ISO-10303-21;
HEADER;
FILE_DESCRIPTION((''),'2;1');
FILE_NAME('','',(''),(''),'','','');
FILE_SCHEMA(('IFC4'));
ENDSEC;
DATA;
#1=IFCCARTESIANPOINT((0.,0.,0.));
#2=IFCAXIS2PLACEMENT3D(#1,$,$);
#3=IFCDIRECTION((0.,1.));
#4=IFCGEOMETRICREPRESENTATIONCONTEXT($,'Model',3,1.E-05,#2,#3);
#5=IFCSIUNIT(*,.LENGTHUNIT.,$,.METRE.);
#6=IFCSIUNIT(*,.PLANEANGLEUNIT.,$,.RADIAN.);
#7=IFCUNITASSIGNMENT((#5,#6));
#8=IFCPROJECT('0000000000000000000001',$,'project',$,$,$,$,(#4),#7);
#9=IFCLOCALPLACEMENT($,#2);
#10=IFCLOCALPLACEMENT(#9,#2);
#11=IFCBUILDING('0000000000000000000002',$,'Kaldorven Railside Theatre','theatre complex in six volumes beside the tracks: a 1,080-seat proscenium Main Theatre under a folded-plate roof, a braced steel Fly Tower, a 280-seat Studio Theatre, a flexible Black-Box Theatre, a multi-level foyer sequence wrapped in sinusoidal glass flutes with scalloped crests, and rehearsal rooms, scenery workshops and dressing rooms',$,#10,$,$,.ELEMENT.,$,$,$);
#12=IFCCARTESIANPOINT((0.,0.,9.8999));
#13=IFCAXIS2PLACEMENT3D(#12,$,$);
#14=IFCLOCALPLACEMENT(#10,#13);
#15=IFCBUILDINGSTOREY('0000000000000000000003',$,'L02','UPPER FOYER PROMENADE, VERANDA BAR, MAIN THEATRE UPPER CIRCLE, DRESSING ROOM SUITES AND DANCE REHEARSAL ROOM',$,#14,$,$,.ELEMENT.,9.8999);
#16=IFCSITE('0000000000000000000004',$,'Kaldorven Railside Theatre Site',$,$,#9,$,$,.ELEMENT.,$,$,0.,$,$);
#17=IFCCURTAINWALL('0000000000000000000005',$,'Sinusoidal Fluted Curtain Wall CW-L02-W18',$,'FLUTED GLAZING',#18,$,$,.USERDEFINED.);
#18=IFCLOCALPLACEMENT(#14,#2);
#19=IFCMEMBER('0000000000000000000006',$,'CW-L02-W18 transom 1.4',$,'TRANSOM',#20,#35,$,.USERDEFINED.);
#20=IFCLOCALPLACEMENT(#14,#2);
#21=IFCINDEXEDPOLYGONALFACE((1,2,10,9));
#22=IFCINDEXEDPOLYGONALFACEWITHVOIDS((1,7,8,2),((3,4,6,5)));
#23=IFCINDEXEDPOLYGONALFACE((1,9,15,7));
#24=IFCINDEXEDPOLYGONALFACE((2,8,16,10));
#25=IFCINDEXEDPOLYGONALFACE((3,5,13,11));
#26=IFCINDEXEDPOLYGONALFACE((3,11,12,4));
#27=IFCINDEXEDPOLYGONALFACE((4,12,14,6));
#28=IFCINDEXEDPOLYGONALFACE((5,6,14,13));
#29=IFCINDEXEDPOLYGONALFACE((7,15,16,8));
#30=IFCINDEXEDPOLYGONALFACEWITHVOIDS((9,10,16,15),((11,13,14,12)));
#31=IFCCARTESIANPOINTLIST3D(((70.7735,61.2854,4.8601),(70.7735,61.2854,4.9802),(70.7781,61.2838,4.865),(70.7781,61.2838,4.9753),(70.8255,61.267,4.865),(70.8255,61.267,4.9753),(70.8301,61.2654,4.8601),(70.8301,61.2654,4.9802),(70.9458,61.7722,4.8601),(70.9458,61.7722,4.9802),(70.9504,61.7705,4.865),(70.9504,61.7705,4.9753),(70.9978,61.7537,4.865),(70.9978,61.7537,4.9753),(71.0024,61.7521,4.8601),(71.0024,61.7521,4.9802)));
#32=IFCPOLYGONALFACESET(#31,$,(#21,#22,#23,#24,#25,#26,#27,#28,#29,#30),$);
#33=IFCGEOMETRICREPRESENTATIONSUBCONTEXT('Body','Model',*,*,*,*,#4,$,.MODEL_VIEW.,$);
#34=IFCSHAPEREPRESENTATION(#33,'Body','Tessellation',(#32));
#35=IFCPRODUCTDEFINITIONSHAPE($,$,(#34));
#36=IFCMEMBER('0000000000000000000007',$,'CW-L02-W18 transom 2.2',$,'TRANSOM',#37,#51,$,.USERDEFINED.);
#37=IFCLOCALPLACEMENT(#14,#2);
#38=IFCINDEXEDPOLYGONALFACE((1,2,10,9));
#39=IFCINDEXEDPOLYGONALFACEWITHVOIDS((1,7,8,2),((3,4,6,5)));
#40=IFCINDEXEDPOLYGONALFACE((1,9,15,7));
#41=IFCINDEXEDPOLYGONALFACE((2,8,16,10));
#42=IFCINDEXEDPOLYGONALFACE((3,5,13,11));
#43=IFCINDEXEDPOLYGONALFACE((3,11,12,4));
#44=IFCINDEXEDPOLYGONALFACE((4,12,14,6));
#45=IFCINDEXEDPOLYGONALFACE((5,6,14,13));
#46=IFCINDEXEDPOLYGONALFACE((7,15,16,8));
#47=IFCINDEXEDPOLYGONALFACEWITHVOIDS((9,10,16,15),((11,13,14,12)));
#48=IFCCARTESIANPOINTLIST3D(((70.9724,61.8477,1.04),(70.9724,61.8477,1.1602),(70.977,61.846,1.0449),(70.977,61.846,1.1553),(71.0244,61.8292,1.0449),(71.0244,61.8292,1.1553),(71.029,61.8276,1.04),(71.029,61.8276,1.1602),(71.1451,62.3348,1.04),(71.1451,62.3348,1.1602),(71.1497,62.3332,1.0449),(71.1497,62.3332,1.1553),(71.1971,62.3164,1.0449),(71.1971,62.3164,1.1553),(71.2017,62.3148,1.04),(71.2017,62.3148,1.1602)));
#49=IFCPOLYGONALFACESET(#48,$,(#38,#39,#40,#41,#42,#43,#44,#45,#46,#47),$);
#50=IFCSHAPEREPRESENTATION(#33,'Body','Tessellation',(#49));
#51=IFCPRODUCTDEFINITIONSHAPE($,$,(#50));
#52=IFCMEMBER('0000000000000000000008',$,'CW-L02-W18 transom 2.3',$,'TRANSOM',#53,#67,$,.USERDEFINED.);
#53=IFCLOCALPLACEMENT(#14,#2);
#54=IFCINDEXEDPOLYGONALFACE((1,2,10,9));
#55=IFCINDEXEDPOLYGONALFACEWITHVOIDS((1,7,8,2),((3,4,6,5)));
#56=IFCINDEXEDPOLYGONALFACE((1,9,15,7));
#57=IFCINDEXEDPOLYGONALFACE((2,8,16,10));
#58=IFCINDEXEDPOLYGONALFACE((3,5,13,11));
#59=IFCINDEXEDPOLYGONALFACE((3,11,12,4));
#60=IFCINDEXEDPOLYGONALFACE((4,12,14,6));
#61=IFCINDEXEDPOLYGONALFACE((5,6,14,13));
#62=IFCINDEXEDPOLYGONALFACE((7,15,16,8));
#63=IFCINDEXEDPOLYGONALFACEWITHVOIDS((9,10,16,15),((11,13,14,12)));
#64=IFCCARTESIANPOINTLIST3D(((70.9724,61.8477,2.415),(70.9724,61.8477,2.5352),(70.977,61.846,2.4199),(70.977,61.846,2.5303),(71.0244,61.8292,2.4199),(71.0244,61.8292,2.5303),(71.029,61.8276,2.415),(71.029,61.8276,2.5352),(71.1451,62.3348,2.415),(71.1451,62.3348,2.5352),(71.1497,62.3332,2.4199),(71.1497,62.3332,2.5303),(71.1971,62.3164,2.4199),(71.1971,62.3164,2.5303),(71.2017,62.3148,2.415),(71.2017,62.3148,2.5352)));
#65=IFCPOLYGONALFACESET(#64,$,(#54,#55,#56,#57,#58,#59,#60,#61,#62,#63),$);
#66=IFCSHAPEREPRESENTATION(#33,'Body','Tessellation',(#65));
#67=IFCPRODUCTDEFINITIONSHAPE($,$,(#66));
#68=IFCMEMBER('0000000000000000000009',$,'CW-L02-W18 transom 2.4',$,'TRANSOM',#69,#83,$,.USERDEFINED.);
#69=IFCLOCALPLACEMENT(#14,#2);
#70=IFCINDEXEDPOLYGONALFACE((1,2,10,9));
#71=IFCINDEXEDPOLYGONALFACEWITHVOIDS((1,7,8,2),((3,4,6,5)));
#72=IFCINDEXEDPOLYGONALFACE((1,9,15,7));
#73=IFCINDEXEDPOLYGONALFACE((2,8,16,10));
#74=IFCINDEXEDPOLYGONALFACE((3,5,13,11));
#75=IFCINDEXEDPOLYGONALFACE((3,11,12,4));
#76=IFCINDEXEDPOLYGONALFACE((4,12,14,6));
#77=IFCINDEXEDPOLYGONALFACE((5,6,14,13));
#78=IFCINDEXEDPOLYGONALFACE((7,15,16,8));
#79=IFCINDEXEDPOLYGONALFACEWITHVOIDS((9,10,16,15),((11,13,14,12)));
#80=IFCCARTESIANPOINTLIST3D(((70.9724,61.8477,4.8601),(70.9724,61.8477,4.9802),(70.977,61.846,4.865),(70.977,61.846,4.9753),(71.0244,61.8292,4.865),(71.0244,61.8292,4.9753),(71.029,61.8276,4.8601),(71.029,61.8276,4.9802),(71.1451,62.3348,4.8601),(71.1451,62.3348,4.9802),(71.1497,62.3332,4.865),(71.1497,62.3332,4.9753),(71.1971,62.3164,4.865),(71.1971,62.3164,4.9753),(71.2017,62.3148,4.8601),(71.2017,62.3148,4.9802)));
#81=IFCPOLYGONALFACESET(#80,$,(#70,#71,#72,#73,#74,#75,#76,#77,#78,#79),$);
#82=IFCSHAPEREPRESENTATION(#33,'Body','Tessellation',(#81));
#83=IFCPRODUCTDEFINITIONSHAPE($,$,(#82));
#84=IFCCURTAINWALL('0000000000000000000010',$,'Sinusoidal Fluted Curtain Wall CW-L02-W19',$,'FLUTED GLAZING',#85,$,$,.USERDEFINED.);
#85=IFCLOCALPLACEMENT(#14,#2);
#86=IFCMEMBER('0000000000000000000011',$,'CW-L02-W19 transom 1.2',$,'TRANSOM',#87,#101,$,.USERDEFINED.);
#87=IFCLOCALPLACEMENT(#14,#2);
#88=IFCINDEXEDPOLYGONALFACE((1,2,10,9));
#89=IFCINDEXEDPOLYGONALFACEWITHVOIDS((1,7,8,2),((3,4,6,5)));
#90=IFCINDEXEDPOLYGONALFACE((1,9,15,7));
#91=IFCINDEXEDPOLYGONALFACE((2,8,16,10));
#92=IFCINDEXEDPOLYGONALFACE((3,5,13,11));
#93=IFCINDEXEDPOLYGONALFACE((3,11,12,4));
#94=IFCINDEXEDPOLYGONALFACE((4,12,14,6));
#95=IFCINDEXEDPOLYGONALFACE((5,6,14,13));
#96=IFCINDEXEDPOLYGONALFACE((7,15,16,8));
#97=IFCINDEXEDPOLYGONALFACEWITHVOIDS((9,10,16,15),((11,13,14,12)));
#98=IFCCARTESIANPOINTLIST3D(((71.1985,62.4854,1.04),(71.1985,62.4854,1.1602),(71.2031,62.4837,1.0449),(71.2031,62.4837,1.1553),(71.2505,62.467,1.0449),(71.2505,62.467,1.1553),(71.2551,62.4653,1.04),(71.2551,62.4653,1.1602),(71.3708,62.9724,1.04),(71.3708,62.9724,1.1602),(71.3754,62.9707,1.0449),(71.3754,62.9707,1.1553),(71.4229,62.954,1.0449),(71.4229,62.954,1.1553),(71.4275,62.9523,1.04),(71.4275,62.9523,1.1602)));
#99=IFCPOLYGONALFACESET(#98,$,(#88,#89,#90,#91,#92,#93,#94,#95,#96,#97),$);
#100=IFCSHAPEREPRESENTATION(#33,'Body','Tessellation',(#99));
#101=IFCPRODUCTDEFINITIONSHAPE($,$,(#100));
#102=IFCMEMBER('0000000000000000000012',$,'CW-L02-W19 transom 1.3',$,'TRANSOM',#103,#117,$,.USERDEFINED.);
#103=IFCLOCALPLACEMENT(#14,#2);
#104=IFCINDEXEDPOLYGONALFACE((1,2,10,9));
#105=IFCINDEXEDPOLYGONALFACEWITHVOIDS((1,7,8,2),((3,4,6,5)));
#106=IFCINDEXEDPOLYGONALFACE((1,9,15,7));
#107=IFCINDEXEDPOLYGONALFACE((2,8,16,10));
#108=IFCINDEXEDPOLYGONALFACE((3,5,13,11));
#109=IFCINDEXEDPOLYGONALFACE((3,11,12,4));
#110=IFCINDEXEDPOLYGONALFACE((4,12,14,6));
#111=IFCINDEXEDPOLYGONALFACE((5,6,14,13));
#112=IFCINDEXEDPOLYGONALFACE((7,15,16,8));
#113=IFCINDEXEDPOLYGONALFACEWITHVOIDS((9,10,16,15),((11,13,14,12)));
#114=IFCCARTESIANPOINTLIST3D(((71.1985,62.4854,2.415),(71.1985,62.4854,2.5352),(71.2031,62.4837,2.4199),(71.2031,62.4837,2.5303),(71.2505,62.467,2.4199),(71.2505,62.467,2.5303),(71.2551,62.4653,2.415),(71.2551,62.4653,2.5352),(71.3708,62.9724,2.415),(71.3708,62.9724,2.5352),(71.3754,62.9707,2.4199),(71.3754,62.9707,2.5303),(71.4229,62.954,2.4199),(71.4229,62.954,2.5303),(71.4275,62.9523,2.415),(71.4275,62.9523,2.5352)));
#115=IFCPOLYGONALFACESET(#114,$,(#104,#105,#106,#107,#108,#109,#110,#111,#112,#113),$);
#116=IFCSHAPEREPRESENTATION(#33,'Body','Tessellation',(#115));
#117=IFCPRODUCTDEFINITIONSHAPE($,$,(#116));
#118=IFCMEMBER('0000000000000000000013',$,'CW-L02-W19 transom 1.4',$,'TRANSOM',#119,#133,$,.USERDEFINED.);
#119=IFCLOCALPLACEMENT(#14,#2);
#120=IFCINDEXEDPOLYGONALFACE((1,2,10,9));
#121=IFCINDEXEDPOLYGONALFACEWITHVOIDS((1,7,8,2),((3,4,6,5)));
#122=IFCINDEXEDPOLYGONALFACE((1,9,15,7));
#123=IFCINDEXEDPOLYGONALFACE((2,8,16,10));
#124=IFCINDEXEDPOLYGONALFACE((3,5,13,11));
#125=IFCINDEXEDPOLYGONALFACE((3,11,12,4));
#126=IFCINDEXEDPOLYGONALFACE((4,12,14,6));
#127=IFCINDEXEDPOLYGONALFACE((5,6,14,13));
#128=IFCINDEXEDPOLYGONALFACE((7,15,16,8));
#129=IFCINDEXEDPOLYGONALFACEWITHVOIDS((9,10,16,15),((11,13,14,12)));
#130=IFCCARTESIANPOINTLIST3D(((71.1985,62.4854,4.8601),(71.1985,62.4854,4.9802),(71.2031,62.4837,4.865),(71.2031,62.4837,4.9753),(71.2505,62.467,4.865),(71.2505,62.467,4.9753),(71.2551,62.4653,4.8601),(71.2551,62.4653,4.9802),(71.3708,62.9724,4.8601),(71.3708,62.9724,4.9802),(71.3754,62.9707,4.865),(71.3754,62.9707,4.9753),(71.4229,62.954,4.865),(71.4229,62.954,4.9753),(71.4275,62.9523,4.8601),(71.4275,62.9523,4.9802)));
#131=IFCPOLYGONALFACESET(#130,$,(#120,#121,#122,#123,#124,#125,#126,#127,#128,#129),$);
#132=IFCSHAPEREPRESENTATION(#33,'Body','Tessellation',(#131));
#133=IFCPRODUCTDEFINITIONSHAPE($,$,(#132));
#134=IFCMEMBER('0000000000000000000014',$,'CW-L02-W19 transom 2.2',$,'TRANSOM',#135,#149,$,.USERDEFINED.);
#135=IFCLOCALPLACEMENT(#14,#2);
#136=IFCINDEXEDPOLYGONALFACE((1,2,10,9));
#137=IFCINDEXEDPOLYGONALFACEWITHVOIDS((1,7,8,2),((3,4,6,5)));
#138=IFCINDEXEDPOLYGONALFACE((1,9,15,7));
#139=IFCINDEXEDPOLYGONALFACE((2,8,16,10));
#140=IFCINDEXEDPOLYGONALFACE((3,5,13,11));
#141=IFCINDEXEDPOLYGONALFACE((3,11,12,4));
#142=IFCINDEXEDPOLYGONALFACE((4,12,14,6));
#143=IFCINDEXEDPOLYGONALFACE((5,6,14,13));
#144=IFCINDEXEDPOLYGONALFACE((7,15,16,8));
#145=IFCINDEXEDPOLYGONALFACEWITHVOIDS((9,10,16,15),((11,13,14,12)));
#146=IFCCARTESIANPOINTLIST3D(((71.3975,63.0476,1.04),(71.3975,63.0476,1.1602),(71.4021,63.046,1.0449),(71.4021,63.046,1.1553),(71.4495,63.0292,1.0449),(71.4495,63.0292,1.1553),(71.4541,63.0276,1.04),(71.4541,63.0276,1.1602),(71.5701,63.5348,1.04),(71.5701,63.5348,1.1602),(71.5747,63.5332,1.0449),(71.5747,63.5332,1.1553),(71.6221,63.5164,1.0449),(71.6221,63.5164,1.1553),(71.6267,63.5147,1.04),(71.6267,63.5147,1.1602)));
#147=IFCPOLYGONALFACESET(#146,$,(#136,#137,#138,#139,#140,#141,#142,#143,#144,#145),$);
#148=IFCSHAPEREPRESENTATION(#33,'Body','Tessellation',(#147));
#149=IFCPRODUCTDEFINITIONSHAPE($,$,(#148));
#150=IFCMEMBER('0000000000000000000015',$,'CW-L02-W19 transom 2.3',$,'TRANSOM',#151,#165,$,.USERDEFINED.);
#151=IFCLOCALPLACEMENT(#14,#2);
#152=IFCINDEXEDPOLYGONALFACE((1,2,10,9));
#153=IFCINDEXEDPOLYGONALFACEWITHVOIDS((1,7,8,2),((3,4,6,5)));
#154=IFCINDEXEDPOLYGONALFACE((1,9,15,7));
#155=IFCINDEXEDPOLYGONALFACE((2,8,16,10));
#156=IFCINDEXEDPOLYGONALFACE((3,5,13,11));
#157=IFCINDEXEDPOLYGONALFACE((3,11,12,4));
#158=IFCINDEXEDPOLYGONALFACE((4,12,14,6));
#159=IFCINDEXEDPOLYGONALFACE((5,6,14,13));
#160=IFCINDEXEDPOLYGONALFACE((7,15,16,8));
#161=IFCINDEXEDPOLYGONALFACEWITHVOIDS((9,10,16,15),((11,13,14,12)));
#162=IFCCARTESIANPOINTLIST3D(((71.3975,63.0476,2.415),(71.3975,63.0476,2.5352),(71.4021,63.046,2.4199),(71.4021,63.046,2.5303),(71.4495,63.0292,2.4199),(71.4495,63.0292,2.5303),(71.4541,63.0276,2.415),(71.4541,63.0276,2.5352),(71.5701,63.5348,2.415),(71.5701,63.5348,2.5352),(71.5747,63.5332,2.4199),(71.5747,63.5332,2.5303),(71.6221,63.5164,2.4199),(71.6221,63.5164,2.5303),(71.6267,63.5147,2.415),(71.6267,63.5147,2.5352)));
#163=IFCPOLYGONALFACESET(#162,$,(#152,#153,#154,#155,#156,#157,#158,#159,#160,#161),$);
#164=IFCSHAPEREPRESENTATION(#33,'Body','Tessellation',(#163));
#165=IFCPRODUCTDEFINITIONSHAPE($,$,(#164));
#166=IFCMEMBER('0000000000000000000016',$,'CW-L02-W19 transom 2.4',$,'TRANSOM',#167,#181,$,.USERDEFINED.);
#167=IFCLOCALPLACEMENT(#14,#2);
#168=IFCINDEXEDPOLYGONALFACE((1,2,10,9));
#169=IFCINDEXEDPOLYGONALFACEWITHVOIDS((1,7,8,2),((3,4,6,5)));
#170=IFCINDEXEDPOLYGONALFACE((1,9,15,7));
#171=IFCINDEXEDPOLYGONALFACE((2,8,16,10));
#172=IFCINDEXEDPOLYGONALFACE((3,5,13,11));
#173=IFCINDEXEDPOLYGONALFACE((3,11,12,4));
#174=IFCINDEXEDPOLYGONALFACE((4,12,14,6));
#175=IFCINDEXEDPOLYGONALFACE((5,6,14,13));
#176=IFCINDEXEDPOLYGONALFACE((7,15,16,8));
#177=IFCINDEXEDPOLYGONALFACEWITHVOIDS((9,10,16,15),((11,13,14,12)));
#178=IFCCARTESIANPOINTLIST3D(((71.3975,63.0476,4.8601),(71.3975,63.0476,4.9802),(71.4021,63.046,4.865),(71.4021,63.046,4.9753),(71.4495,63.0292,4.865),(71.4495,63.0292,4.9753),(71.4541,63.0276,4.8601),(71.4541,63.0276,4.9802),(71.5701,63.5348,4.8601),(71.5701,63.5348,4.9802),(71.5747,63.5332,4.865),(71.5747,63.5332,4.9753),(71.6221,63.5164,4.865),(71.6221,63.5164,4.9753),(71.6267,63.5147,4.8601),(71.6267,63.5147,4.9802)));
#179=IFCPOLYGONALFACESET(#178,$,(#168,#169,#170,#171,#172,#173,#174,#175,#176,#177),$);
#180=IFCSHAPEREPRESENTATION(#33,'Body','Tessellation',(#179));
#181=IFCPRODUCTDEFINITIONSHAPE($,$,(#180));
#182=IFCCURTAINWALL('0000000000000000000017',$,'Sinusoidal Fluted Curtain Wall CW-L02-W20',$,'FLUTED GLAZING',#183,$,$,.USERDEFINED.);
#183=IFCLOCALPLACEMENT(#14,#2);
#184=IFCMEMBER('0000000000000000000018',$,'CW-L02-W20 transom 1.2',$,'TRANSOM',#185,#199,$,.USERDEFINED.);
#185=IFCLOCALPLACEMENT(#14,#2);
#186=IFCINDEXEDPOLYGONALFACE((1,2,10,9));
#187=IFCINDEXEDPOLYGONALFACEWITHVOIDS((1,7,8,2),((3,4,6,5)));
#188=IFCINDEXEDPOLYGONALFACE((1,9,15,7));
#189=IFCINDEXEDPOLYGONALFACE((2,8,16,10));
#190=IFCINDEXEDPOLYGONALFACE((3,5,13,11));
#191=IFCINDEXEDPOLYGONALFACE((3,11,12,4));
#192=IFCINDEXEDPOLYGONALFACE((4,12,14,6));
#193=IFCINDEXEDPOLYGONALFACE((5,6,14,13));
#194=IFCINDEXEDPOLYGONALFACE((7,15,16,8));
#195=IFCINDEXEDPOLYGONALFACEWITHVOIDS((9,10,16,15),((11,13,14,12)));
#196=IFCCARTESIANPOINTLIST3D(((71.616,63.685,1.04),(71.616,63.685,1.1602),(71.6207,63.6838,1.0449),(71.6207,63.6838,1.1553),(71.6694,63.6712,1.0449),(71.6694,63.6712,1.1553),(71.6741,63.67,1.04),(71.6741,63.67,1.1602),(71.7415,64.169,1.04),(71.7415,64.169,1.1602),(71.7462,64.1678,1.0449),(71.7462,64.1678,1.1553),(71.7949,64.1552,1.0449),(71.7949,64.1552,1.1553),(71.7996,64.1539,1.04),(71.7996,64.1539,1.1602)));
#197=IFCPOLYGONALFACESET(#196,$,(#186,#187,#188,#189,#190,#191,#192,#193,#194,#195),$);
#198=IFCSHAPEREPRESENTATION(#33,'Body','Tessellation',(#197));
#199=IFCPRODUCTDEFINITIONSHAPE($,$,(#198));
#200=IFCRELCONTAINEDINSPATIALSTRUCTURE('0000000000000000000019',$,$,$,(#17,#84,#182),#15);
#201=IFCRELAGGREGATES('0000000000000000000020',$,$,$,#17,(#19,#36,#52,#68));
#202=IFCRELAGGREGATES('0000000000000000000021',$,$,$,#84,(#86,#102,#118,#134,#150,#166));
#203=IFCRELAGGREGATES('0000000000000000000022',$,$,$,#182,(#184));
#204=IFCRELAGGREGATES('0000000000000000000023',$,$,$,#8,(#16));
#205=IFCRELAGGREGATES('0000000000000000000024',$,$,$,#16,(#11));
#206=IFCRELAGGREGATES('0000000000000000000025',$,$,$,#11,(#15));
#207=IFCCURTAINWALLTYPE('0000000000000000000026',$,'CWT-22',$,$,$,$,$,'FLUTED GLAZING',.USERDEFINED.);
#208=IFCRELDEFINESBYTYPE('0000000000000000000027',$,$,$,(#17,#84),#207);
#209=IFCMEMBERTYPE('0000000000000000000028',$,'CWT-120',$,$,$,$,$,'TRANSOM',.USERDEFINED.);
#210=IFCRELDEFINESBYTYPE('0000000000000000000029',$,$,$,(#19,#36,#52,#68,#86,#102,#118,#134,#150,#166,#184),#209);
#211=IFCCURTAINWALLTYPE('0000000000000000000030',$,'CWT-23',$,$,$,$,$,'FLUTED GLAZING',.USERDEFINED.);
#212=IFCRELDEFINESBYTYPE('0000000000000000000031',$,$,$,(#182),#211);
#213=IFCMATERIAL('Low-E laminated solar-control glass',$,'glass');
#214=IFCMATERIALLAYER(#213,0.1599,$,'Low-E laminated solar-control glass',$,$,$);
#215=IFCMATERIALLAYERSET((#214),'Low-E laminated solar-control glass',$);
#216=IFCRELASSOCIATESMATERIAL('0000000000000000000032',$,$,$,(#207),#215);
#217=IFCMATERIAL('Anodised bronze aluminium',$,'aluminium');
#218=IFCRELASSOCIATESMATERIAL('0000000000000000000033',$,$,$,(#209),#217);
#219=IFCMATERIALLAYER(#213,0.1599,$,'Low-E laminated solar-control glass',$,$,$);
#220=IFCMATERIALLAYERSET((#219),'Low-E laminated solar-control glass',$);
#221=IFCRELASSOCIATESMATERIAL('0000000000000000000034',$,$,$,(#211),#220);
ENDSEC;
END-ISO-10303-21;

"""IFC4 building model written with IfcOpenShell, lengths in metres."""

from ifc_helpers import new_model, si_unit, direction, frame, origin, origin_2d, place, context, subcontext, project, spatial, hollow_rectangle, extrude, material, layer, layer_set, material_profile, profile_set, type_object, element, aggregate, save


model = new_model("IFC4")

# Units and contexts
model_context = context("Model", 3, precision=1e-05, world=origin(), true_north=direction((0.0, 1.0)))
body_context = subcontext(model_context, "Body", "Model", "MODEL_VIEW")
ifc_project = project(units=[si_unit("LENGTHUNIT", "METRE"), si_unit("PLANEANGLEUNIT", "RADIAN")], contexts=[model_context])

# Site, building, storey
site_placement = place(None, origin())
site = spatial("IfcSite", under=ifc_project, at=site_placement, Name="Kaldorven Railside Theatre Site", CompositionType="ELEMENT", RefElevation=0.0)
building_placement = place(site_placement, origin())
building = spatial("IfcBuilding", under=site, at=building_placement, Name="Kaldorven Railside Theatre", Description="theatre complex in six volumes beside the tracks: a 1,080-seat proscenium Main Theatre under a folded-plate roof, a braced steel Fly Tower, a 280-seat Studio Theatre, a flexible Black-Box Theatre, a multi-level foyer sequence wrapped in sinusoidal glass flutes with scalloped crests, and rehearsal rooms, scenery workshops and dressing rooms", CompositionType="ELEMENT")
storey_placement = place(building_placement, frame((0.0, 0.0, 9.8999)))
storey = spatial("IfcBuildingStorey", under=building, at=storey_placement, Name="L02", Description="UPPER FOYER PROMENADE, VERANDA BAR, MAIN THEATRE UPPER CIRCLE, DRESSING ROOM SUITES AND DANCE REHEARSAL ROOM", CompositionType="ELEMENT", Elevation=9.8999)

# Curtain walls, members
ifc_material_1 = material(Name="Low-E laminated solar-control glass", Category="glass")
ifc_layer_1 = layer(ifc_material_1, 0.1599, Name="Low-E laminated solar-control glass")
ifc_layer_set_1 = layer_set([ifc_layer_1], Name="Low-E laminated solar-control glass")
curtain_wall_type_1 = type_object("IfcCurtainWallType", Name="CWT-22", ElementType="FLUTED GLAZING", PredefinedType="USERDEFINED", material=ifc_layer_set_1)
curtain_wall_1_placement = place(storey_placement, origin())
curtain_wall_1 = element("IfcCurtainWall", 1, at=curtain_wall_1_placement, inside=storey, type_object=curtain_wall_type_1, Name="Sinusoidal Fluted Curtain Wall CW-L02-W18", ObjectType="FLUTED GLAZING", PredefinedType="USERDEFINED")
ifc_material_2 = material(Name="Anodised bronze aluminium", Category="aluminium")
ifc_material_profile = material_profile(ifc_material_2, hollow_rectangle(XDim=0.0601, YDim=0.1201, WallThickness=0.0049, at=origin_2d()), Name="RHS 120x60x5")
ifc_profile_set = profile_set([ifc_material_profile], Name="Anodised bronze aluminium")
member_type = type_object("IfcMemberType", Name="CWT-120", ElementType="TRANSOM", PredefinedType="USERDEFINED", material=ifc_profile_set)
member_1_placement = place(storey_placement, frame((70.8018, 61.2754, 4.9202), z_axis=(0.33376, 0.942658, 0.0), x_axis=(-0.942658, 0.33376, 0.0)))
member_1 = element("IfcMember", 2, at=member_1_placement, type_object=member_type, Name="CW-L02-W18 transom 1.4", ObjectType="TRANSOM", PredefinedType="USERDEFINED", context=body_context, shape_type="SweptSolid", body=[
    extrude(hollow_rectangle(XDim=0.0601, YDim=0.1201, WallThickness=0.0049, at=origin_2d()), origin(), (0.0, 0.0, 1.0), 0.5164),
])
member_2_placement = place(storey_placement, frame((71.0007, 61.8376, 1.1001), z_axis=(0.334031, 0.942562, 0.0), x_axis=(-0.942562, 0.334031, 0.0)))
member_2 = element("IfcMember", 3, at=member_2_placement, type_object=member_type, Name="CW-L02-W18 transom 2.2", ObjectType="TRANSOM", PredefinedType="USERDEFINED", context=body_context, shape_type="SweptSolid", body=[
    extrude(hollow_rectangle(XDim=0.0601, YDim=0.1201, WallThickness=0.0049, at=origin_2d()), origin(), (0.0, 0.0, 1.0), 0.5168),
])
member_3_placement = place(storey_placement, frame((71.0007, 61.8376, 2.4751), z_axis=(0.334031, 0.942562, 0.0), x_axis=(-0.942562, 0.334031, 0.0)))
member_3 = element("IfcMember", 4, at=member_3_placement, type_object=member_type, Name="CW-L02-W18 transom 2.3", ObjectType="TRANSOM", PredefinedType="USERDEFINED", context=body_context, shape_type="SweptSolid", body=[
    extrude(hollow_rectangle(XDim=0.0601, YDim=0.1201, WallThickness=0.0049, at=origin_2d()), origin(), (0.0, 0.0, 1.0), 0.5168),
])
member_4_placement = place(storey_placement, frame((71.0007, 61.8376, 4.9202), z_axis=(0.334031, 0.942562, 0.0), x_axis=(-0.942562, 0.334031, 0.0)))
member_4 = element("IfcMember", 5, at=member_4_placement, type_object=member_type, Name="CW-L02-W18 transom 2.4", ObjectType="TRANSOM", PredefinedType="USERDEFINED", context=body_context, shape_type="SweptSolid", body=[
    extrude(hollow_rectangle(XDim=0.0601, YDim=0.1201, WallThickness=0.0049, at=origin_2d()), origin(), (0.0, 0.0, 1.0), 0.5168),
])
curtain_wall_2_placement = place(storey_placement, origin())
curtain_wall_2 = element("IfcCurtainWall", 6, at=curtain_wall_2_placement, inside=storey, type_object=curtain_wall_type_1, Name="Sinusoidal Fluted Curtain Wall CW-L02-W19", ObjectType="FLUTED GLAZING", PredefinedType="USERDEFINED")
member_5_placement = place(storey_placement, frame((71.2268, 62.4753, 1.1001), z_axis=(0.333611, 0.942711, 0.0), x_axis=(-0.942711, 0.333611, 0.0)))
member_5 = element("IfcMember", 7, at=member_5_placement, type_object=member_type, Name="CW-L02-W19 transom 1.2", ObjectType="TRANSOM", PredefinedType="USERDEFINED", context=body_context, shape_type="SweptSolid", body=[
    extrude(hollow_rectangle(XDim=0.0601, YDim=0.1201, WallThickness=0.0049, at=origin_2d()), origin(), (0.0, 0.0, 1.0), 0.5166),
])
member_6_placement = place(storey_placement, frame((71.2268, 62.4753, 2.4751), z_axis=(0.333611, 0.942711, 0.0), x_axis=(-0.942711, 0.333611, 0.0)))
member_6 = element("IfcMember", 8, at=member_6_placement, type_object=member_type, Name="CW-L02-W19 transom 1.3", ObjectType="TRANSOM", PredefinedType="USERDEFINED", context=body_context, shape_type="SweptSolid", body=[
    extrude(hollow_rectangle(XDim=0.0601, YDim=0.1201, WallThickness=0.0049, at=origin_2d()), origin(), (0.0, 0.0, 1.0), 0.5166),
])
member_7_placement = place(storey_placement, frame((71.2268, 62.4753, 4.9202), z_axis=(0.333611, 0.942711, 0.0), x_axis=(-0.942711, 0.333611, 0.0)))
member_7 = element("IfcMember", 9, at=member_7_placement, type_object=member_type, Name="CW-L02-W19 transom 1.4", ObjectType="TRANSOM", PredefinedType="USERDEFINED", context=body_context, shape_type="SweptSolid", body=[
    extrude(hollow_rectangle(XDim=0.0601, YDim=0.1201, WallThickness=0.0049, at=origin_2d()), origin(), (0.0, 0.0, 1.0), 0.5166),
])
member_8_placement = place(storey_placement, frame((71.4258, 63.0376, 1.1001), z_axis=(0.334031, 0.942562, 0.0), x_axis=(-0.942562, 0.334031, 0.0)))
member_8 = element("IfcMember", 10, at=member_8_placement, type_object=member_type, Name="CW-L02-W19 transom 2.2", ObjectType="TRANSOM", PredefinedType="USERDEFINED", context=body_context, shape_type="SweptSolid", body=[
    extrude(hollow_rectangle(XDim=0.0601, YDim=0.1201, WallThickness=0.0049, at=origin_2d()), origin(), (0.0, 0.0, 1.0), 0.5168),
])
member_9_placement = place(storey_placement, frame((71.4258, 63.0376, 2.4751), z_axis=(0.334031, 0.942562, 0.0), x_axis=(-0.942562, 0.334031, 0.0)))
member_9 = element("IfcMember", 11, at=member_9_placement, type_object=member_type, Name="CW-L02-W19 transom 2.3", ObjectType="TRANSOM", PredefinedType="USERDEFINED", context=body_context, shape_type="SweptSolid", body=[
    extrude(hollow_rectangle(XDim=0.0601, YDim=0.1201, WallThickness=0.0049, at=origin_2d()), origin(), (0.0, 0.0, 1.0), 0.5168),
])
member_10_placement = place(storey_placement, frame((71.4258, 63.0376, 4.9202), z_axis=(0.334031, 0.942562, 0.0), x_axis=(-0.942562, 0.334031, 0.0)))
member_10 = element("IfcMember", 12, at=member_10_placement, type_object=member_type, Name="CW-L02-W19 transom 2.4", ObjectType="TRANSOM", PredefinedType="USERDEFINED", context=body_context, shape_type="SweptSolid", body=[
    extrude(hollow_rectangle(XDim=0.0601, YDim=0.1201, WallThickness=0.0049, at=origin_2d()), origin(), (0.0, 0.0, 1.0), 0.5168),
])
ifc_layer_2 = layer(ifc_material_1, 0.1599, Name="Low-E laminated solar-control glass")
ifc_layer_set_2 = layer_set([ifc_layer_2], Name="Low-E laminated solar-control glass")
curtain_wall_type_2 = type_object("IfcCurtainWallType", Name="CWT-23", ElementType="FLUTED GLAZING", PredefinedType="USERDEFINED", material=ifc_layer_set_2)
curtain_wall_3_placement = place(storey_placement, origin())
curtain_wall_3 = element("IfcCurtainWall", 13, at=curtain_wall_3_placement, inside=storey, type_object=curtain_wall_type_2, Name="Sinusoidal Fluted Curtain Wall CW-L02-W20", ObjectType="FLUTED GLAZING", PredefinedType="USERDEFINED")
member_11_placement = place(storey_placement, frame((71.645, 63.6775, 1.1001), z_axis=(0.25103, 0.967979, 0.0), x_axis=(-0.967979, 0.25103, 0.0)))
member_11 = element("IfcMember", 14, at=member_11_placement, type_object=member_type, Name="CW-L02-W20 transom 1.2", ObjectType="TRANSOM", PredefinedType="USERDEFINED", context=body_context, shape_type="SweptSolid", body=[
    extrude(hollow_rectangle(XDim=0.0601, YDim=0.1201, WallThickness=0.0049, at=origin_2d()), origin(), (0.0, 0.0, 1.0), 0.5),
])

aggregate(curtain_wall_1, [member_1, member_2, member_3, member_4])
aggregate(curtain_wall_2, [member_5, member_6, member_7, member_8, member_9, member_10])
aggregate(curtain_wall_3, [member_11])

save(model, "model.ifc")
